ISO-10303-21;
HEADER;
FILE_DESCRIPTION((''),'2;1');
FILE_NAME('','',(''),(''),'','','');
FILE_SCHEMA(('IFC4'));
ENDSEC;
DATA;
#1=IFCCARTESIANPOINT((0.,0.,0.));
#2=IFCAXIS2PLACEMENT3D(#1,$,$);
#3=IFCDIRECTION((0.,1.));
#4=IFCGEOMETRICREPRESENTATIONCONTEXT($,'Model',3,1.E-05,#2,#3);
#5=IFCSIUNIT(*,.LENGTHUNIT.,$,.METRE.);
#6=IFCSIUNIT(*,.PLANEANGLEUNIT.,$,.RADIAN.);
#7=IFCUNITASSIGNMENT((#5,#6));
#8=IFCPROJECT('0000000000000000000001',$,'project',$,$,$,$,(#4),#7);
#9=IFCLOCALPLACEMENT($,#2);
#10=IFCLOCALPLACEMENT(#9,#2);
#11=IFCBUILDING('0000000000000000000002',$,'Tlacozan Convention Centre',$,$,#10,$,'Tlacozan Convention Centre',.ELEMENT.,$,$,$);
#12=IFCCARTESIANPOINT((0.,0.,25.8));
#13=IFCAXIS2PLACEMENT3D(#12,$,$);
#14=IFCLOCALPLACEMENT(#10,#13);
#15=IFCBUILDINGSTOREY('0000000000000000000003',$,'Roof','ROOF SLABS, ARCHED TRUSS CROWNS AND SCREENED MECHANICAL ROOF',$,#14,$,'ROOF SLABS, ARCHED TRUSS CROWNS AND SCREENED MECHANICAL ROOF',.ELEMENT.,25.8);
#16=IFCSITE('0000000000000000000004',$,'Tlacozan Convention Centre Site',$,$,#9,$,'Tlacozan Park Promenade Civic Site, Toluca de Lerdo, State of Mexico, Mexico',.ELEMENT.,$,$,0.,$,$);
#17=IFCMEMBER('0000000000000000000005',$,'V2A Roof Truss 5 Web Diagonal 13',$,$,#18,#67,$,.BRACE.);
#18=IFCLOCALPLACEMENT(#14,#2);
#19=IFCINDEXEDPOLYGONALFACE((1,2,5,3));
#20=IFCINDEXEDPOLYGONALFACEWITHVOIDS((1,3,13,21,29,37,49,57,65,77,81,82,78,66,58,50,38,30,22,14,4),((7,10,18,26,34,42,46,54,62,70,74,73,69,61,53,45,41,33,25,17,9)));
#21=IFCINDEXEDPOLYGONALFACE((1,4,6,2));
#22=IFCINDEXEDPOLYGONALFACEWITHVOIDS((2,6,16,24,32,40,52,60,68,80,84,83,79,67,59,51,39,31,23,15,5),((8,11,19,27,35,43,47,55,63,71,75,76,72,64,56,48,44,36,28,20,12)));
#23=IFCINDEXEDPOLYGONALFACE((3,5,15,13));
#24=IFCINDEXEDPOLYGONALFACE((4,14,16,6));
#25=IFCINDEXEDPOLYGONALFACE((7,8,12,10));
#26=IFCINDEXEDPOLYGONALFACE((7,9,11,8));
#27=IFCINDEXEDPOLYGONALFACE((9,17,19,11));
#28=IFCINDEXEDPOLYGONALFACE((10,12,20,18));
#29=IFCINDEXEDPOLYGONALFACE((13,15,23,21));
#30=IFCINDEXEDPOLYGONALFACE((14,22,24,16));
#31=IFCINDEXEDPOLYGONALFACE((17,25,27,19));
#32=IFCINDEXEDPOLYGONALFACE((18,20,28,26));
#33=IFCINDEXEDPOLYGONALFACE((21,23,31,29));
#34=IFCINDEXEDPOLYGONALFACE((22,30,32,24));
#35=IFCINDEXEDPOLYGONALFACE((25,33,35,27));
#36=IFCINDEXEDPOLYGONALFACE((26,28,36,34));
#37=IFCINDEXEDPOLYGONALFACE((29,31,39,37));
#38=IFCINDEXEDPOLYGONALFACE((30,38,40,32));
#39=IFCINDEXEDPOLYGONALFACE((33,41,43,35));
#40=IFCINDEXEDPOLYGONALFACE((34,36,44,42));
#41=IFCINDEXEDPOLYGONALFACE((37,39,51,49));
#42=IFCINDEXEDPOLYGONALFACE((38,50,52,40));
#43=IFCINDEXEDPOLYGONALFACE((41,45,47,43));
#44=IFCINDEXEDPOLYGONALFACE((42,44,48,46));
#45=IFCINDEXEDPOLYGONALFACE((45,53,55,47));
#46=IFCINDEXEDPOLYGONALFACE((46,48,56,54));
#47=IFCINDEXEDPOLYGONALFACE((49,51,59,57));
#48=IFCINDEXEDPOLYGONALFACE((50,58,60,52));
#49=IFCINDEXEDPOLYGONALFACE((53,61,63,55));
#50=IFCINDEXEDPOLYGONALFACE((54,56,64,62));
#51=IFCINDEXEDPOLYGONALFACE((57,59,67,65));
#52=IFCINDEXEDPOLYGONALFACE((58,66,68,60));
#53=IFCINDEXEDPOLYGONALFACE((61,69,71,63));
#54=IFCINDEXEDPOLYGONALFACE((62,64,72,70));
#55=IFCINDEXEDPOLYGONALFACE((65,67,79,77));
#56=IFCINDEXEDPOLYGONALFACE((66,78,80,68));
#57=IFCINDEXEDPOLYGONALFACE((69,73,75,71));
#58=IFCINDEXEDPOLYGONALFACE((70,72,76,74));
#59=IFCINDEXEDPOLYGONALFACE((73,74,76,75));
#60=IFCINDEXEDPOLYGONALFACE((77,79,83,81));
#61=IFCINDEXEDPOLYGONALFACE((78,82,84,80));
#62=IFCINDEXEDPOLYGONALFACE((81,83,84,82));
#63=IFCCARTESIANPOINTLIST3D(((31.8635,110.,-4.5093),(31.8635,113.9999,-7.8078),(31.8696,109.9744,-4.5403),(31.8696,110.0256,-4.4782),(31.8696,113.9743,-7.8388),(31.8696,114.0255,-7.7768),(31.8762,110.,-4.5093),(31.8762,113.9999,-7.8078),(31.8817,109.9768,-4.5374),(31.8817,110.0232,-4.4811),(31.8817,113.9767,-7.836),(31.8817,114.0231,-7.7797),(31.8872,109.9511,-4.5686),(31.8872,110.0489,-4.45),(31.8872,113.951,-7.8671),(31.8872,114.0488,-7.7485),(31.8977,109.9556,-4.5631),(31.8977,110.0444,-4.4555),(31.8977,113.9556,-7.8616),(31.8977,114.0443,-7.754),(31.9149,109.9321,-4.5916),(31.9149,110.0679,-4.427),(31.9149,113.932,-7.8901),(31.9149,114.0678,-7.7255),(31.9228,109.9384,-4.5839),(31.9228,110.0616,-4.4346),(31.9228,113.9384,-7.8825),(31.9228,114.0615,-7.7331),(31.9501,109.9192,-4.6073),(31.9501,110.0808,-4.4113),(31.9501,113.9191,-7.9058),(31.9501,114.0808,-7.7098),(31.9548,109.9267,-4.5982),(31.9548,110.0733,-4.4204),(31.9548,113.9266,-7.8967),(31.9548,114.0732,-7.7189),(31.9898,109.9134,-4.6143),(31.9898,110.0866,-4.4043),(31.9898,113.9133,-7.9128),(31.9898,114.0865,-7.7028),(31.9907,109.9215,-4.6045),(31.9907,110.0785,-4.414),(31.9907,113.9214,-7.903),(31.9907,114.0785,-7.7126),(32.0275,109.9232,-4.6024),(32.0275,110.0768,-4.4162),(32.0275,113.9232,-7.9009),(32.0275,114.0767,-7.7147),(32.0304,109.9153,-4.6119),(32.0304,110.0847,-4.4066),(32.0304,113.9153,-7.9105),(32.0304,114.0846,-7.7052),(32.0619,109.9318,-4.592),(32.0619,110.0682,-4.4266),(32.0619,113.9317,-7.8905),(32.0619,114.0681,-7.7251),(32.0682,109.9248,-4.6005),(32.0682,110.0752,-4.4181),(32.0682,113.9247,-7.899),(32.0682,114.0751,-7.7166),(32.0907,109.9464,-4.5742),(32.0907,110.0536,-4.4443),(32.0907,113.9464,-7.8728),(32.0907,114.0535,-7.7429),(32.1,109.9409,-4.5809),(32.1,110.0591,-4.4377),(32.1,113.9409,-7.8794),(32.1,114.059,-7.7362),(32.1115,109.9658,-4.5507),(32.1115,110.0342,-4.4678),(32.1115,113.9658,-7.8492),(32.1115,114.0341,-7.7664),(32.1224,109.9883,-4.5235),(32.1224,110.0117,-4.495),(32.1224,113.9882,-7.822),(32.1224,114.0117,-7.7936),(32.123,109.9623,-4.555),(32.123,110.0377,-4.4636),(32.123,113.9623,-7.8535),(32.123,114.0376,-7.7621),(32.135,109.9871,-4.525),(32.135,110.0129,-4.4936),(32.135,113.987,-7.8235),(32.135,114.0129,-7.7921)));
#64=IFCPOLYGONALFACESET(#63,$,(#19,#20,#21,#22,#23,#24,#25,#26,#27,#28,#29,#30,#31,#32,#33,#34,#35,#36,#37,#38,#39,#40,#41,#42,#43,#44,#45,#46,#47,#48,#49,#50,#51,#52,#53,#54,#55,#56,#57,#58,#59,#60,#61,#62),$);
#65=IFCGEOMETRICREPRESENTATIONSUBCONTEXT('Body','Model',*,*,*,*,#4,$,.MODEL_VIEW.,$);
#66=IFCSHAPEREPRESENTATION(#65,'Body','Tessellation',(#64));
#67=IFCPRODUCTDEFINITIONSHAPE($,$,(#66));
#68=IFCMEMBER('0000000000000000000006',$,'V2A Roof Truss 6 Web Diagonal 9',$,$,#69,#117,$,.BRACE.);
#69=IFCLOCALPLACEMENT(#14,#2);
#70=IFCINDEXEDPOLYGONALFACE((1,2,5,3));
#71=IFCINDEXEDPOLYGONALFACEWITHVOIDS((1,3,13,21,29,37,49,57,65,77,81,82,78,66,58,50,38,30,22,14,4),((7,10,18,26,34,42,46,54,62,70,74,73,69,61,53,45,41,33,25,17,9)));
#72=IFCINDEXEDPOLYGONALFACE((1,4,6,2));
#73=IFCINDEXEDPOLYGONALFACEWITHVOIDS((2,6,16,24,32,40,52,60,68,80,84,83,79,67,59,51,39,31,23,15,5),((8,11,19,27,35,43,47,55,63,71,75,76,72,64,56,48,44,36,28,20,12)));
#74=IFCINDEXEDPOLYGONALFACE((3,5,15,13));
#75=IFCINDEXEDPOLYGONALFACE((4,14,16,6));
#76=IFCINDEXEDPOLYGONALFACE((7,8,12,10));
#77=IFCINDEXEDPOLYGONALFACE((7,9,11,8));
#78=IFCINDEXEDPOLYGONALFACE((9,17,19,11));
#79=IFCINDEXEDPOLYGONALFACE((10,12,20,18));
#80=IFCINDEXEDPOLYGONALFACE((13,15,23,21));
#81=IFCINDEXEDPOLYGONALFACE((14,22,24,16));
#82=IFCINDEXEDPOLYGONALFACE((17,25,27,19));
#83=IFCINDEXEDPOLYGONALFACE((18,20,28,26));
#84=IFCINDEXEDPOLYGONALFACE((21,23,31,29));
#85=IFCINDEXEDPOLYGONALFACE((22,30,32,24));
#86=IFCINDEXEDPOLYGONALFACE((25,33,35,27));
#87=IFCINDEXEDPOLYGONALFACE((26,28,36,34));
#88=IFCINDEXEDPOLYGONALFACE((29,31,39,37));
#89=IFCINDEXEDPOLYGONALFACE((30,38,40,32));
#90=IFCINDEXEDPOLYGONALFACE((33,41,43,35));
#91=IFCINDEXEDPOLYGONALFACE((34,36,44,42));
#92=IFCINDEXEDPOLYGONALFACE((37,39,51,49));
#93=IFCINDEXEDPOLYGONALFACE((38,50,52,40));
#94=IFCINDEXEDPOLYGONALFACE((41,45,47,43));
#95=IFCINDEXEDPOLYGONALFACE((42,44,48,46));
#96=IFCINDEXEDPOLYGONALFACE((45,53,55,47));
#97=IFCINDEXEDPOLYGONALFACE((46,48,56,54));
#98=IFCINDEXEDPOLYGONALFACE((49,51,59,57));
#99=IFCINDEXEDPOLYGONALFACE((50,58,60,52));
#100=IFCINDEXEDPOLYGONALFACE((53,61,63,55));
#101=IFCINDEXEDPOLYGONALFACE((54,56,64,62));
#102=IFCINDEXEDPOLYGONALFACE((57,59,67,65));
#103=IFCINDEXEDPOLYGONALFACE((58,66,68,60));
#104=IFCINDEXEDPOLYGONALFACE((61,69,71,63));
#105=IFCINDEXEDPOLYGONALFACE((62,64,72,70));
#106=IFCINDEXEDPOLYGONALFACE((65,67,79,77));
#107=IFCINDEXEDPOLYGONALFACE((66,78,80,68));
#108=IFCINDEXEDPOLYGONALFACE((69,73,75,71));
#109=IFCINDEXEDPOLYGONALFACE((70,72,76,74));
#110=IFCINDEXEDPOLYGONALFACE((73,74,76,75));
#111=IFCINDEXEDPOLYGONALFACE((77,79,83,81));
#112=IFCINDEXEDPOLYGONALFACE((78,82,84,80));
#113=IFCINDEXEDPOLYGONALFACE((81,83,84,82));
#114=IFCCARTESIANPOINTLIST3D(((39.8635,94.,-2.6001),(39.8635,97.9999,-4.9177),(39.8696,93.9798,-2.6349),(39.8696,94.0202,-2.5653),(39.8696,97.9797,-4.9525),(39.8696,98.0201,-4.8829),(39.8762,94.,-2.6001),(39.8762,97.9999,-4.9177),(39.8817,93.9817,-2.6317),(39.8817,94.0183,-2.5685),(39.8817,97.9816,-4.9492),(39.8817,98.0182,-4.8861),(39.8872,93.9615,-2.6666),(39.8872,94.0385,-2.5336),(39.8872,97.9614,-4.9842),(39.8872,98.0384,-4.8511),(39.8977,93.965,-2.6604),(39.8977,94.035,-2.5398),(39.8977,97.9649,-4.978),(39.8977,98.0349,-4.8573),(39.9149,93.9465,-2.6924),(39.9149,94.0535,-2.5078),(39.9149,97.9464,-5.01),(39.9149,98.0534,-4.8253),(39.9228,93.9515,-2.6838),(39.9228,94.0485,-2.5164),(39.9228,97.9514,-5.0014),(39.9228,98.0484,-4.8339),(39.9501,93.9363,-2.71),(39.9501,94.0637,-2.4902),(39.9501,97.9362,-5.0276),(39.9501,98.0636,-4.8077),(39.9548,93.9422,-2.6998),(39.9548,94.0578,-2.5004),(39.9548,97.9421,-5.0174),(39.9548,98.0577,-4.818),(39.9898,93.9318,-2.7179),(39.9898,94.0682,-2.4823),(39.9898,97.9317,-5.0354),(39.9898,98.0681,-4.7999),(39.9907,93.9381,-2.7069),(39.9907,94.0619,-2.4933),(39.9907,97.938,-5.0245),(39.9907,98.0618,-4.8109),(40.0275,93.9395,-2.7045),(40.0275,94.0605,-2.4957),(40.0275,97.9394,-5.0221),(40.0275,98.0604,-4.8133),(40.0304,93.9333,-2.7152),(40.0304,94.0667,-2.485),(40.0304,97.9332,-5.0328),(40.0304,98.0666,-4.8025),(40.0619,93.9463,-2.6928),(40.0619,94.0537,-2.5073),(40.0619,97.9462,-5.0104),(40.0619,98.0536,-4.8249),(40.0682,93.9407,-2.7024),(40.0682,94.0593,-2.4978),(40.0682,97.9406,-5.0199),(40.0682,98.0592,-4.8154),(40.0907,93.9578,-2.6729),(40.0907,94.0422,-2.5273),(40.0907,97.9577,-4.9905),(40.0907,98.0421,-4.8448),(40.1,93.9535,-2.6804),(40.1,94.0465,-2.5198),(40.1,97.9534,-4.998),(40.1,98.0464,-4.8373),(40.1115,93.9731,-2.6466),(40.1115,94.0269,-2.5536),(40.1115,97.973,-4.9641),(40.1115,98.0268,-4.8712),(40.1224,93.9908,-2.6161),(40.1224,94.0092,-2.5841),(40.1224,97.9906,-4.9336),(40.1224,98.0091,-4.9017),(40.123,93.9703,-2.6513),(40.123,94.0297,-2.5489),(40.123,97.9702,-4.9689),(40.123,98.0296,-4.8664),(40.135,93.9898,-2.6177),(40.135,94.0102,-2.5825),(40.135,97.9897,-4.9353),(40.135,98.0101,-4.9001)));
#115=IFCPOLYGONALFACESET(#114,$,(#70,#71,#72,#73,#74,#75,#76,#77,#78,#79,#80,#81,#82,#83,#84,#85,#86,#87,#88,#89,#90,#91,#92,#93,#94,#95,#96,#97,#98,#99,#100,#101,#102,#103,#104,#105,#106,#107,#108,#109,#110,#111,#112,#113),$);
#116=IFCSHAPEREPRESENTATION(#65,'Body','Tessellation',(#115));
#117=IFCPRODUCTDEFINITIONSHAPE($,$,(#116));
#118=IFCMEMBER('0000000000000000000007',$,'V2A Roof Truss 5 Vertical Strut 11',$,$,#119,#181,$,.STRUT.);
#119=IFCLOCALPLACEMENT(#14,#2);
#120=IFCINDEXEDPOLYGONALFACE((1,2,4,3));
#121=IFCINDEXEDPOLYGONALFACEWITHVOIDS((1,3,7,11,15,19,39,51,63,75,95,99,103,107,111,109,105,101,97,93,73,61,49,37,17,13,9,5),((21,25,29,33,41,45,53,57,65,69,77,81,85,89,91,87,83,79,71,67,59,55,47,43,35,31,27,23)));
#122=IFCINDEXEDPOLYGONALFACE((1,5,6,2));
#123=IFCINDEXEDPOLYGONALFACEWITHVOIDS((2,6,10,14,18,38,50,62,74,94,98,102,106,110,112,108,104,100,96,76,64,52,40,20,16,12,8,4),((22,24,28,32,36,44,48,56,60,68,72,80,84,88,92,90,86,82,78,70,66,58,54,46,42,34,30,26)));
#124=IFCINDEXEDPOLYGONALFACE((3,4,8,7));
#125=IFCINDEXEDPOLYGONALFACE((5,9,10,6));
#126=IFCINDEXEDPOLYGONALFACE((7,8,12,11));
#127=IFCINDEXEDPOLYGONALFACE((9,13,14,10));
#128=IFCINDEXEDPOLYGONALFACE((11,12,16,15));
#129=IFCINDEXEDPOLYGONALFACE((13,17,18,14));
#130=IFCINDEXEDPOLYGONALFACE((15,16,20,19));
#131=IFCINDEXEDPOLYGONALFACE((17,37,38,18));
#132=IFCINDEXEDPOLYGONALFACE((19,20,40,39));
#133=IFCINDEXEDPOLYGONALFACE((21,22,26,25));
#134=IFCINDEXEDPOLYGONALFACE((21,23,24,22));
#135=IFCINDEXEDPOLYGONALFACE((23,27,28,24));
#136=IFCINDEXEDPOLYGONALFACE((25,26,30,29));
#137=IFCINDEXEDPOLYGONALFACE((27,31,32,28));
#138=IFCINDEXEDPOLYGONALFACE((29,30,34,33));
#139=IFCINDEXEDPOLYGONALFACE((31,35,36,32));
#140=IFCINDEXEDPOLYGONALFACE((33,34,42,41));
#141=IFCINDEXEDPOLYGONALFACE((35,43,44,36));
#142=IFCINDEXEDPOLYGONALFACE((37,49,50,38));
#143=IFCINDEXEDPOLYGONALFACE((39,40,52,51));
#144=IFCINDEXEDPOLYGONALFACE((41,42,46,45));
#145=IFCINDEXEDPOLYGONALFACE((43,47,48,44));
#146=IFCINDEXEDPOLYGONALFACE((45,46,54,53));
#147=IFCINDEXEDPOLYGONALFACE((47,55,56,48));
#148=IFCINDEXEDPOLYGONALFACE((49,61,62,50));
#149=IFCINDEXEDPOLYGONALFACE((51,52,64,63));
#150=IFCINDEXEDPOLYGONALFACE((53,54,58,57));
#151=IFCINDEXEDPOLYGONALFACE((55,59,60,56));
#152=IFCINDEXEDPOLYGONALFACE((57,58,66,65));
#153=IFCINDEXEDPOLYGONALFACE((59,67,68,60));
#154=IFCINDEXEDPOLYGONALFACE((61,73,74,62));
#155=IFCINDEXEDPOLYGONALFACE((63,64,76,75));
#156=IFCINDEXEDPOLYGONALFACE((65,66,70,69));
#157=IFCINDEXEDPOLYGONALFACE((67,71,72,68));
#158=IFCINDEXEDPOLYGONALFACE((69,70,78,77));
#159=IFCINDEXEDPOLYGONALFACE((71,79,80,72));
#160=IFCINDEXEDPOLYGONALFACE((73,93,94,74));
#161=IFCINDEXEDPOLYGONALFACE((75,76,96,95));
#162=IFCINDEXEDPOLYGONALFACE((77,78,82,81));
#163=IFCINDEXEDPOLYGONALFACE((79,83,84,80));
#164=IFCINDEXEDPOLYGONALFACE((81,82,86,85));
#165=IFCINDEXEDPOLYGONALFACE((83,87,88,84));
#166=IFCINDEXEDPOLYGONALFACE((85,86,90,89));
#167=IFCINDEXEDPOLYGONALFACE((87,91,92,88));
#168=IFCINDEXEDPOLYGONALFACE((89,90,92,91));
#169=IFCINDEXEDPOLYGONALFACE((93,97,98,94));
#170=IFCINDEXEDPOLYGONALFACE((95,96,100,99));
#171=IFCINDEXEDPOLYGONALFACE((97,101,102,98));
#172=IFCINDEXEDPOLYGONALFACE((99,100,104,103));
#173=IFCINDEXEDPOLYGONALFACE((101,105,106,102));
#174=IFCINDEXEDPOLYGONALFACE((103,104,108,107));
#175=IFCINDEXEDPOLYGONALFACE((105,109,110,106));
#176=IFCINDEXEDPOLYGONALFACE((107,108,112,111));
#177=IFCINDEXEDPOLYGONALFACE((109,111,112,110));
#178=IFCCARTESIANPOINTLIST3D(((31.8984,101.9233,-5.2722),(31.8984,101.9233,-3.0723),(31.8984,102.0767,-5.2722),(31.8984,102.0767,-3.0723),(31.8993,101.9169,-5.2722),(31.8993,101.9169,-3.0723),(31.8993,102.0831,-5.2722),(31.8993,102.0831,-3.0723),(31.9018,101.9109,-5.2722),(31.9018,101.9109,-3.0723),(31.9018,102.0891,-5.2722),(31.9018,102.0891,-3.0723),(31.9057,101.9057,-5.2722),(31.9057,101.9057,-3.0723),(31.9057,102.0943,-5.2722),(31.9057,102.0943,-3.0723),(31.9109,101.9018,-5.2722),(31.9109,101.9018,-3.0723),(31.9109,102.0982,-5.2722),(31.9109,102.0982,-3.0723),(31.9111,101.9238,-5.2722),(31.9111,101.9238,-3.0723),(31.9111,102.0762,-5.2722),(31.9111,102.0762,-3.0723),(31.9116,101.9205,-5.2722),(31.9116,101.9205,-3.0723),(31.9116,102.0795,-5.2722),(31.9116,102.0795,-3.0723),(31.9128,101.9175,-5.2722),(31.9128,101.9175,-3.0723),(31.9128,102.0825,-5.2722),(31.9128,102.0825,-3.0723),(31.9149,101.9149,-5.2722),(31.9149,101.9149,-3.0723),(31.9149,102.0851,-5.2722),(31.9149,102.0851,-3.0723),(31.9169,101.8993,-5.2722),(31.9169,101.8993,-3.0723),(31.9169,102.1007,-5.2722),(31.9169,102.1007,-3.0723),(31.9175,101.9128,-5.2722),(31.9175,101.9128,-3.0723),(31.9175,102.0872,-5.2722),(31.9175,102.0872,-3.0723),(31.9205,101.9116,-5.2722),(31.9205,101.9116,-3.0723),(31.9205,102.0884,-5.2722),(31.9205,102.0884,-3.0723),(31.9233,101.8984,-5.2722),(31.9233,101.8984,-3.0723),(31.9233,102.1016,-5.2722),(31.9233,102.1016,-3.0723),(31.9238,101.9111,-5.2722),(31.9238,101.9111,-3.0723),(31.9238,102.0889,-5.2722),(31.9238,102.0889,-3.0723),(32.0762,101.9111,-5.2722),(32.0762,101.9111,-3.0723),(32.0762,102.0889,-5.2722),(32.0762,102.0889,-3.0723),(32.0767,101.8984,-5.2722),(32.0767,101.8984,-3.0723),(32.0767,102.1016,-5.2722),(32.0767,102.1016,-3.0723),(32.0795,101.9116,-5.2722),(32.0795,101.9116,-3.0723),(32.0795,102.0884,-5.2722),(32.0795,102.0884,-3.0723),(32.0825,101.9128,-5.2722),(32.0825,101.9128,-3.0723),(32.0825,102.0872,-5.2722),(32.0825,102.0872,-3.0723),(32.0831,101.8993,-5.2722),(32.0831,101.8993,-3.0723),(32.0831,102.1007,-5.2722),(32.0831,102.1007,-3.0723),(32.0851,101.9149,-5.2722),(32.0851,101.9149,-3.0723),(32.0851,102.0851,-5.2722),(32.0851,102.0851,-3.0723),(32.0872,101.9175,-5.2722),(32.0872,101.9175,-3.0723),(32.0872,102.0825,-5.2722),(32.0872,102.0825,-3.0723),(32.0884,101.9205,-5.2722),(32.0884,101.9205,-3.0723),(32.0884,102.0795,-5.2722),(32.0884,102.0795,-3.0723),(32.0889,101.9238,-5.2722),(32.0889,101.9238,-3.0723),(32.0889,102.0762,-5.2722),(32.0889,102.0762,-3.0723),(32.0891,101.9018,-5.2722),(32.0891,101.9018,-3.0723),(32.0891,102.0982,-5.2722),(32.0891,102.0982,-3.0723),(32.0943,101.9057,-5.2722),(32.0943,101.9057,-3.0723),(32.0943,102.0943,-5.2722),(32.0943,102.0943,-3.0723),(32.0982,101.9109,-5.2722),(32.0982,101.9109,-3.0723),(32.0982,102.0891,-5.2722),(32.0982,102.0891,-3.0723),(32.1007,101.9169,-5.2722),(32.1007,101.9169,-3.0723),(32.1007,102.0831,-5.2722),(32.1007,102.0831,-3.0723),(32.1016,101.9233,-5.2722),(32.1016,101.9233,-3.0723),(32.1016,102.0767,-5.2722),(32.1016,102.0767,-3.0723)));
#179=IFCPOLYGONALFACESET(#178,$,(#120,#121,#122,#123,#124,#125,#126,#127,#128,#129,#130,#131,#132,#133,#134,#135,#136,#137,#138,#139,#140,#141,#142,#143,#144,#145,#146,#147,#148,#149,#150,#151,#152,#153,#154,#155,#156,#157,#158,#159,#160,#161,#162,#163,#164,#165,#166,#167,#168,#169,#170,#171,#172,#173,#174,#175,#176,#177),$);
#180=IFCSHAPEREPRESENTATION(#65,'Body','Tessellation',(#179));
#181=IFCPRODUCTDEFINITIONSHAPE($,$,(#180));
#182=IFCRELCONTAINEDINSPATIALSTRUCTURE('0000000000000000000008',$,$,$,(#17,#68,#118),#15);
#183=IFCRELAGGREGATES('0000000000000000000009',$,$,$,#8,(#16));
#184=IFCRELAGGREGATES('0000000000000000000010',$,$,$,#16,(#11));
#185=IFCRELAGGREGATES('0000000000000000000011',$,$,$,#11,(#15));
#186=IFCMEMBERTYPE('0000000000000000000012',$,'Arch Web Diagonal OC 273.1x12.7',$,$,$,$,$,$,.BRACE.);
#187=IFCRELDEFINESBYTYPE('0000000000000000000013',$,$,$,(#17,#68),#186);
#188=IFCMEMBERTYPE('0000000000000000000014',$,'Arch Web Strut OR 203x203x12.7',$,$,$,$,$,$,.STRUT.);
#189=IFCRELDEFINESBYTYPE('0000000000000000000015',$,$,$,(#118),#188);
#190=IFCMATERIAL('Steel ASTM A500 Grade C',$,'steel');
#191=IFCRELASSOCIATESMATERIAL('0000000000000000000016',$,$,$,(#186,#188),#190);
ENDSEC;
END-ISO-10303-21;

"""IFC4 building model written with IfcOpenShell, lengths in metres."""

from ifc_helpers import new_model, si_unit, direction, frame, origin, origin_2d, place, context, subcontext, project, spatial, hollow_rectangle, hollow_circle, extrude, material, material_profile, profile_set, type_object, element, save


model = new_model("IFC4")

# Units and contexts
model_context = context("Model", 3, precision=1e-05, world=origin(), true_north=direction((0.0, 1.0)))
body_context = subcontext(model_context, "Body", "Model", "MODEL_VIEW")
ifc_project = project(units=[si_unit("LENGTHUNIT", "METRE"), si_unit("PLANEANGLEUNIT", "RADIAN")], contexts=[model_context])

# Site, building, storey
site_placement = place(None, origin())
site = spatial("IfcSite", under=ifc_project, at=site_placement, Name="Tlacozan Convention Centre Site", LongName="Tlacozan Park Promenade Civic Site, Toluca de Lerdo, State of Mexico, Mexico", CompositionType="ELEMENT", RefElevation=0.0)
building_placement = place(site_placement, origin())
building = spatial("IfcBuilding", under=site, at=building_placement, Name="Tlacozan Convention Centre", LongName="Tlacozan Convention Centre", CompositionType="ELEMENT")
storey_placement = place(building_placement, frame((0.0, 0.0, 25.8)))
storey = spatial("IfcBuildingStorey", under=building, at=storey_placement, Name="Roof", Description="ROOF SLABS, ARCHED TRUSS CROWNS AND SCREENED MECHANICAL ROOF", LongName="ROOF SLABS, ARCHED TRUSS CROWNS AND SCREENED MECHANICAL ROOF", CompositionType="ELEMENT", Elevation=25.8)

# Members
ifc_material_1 = material(Name="Steel ASTM A500 Grade C", Category="steel")
ifc_material_profile_1 = material_profile(ifc_material_1, hollow_circle(Radius=0.1365, WallThickness=0.0127, at=origin_2d()), Name="OC 273.1x12.7")
ifc_profile_set_1 = profile_set([ifc_material_profile_1], Name="Steel ASTM A500 Grade C")
member_type_1 = type_object("IfcMemberType", Name="Arch Web Diagonal OC 273.1x12.7", PredefinedType="BRACE", material=ifc_profile_set_1)
member_1_placement = place(storey_placement, frame((32.0, 110.0, -4.5093), z_axis=(0.0, 0.771507, -0.63622), x_axis=(-1.0, 0.0, 0.0)))
element("IfcMember", 1, at=member_1_placement, inside=storey, type_object=member_type_1, Name="V2A Roof Truss 5 Web Diagonal 13", PredefinedType="BRACE", context=body_context, shape_type="SweptSolid", body=[
    extrude(hollow_circle(Radius=0.1365, WallThickness=0.0127, at=origin_2d()), origin(), (0.0, 0.0, 1.0), 5.1846),
])
member_2_placement = place(storey_placement, frame((40.0, 94.0, -2.6001), z_axis=(0.0, 0.865254, -0.501334), x_axis=(-1.0, 0.0, 0.0)))
element("IfcMember", 2, at=member_2_placement, inside=storey, type_object=member_type_1, Name="V2A Roof Truss 6 Web Diagonal 9", PredefinedType="BRACE", context=body_context, shape_type="SweptSolid", body=[
    extrude(hollow_circle(Radius=0.1365, WallThickness=0.0127, at=origin_2d()), origin(), (0.0, 0.0, 1.0), 4.6228),
])
ifc_material_profile_2 = material_profile(ifc_material_1, hollow_rectangle(XDim=0.2031, YDim=0.2031, WallThickness=0.0127, InnerFilletRadius=0.0127, OuterFilletRadius=0.0249, at=origin_2d()), Name="OR 203x203x12.7")
ifc_profile_set_2 = profile_set([ifc_material_profile_2], Name="Steel ASTM A500 Grade C")
member_type_2 = type_object("IfcMemberType", Name="Arch Web Strut OR 203x203x12.7", PredefinedType="STRUT", material=ifc_profile_set_2)
for number, where, z_axis, x_axis, name in (
    (3, (32.0, 102.0, -5.2722), (0.0, 0.0, 1.0), (1.0, 0.0, 0.0), "V2A Roof Truss 5 Vertical Strut 11"),
):
    element("IfcMember", number, at=place(storey_placement, frame(where, z_axis=z_axis, x_axis=x_axis)), inside=storey, type_object=member_type_2, Name=name, PredefinedType="STRUT", context=body_context, shape_type="SweptSolid", body=[
        extrude(hollow_rectangle(XDim=0.2031, YDim=0.2031, WallThickness=0.0127, InnerFilletRadius=0.0127, OuterFilletRadius=0.0249, at=origin_2d()), origin(), (0.0, 0.0, 1.0), 2.2),
    ])

save(model, "model.ifc")
